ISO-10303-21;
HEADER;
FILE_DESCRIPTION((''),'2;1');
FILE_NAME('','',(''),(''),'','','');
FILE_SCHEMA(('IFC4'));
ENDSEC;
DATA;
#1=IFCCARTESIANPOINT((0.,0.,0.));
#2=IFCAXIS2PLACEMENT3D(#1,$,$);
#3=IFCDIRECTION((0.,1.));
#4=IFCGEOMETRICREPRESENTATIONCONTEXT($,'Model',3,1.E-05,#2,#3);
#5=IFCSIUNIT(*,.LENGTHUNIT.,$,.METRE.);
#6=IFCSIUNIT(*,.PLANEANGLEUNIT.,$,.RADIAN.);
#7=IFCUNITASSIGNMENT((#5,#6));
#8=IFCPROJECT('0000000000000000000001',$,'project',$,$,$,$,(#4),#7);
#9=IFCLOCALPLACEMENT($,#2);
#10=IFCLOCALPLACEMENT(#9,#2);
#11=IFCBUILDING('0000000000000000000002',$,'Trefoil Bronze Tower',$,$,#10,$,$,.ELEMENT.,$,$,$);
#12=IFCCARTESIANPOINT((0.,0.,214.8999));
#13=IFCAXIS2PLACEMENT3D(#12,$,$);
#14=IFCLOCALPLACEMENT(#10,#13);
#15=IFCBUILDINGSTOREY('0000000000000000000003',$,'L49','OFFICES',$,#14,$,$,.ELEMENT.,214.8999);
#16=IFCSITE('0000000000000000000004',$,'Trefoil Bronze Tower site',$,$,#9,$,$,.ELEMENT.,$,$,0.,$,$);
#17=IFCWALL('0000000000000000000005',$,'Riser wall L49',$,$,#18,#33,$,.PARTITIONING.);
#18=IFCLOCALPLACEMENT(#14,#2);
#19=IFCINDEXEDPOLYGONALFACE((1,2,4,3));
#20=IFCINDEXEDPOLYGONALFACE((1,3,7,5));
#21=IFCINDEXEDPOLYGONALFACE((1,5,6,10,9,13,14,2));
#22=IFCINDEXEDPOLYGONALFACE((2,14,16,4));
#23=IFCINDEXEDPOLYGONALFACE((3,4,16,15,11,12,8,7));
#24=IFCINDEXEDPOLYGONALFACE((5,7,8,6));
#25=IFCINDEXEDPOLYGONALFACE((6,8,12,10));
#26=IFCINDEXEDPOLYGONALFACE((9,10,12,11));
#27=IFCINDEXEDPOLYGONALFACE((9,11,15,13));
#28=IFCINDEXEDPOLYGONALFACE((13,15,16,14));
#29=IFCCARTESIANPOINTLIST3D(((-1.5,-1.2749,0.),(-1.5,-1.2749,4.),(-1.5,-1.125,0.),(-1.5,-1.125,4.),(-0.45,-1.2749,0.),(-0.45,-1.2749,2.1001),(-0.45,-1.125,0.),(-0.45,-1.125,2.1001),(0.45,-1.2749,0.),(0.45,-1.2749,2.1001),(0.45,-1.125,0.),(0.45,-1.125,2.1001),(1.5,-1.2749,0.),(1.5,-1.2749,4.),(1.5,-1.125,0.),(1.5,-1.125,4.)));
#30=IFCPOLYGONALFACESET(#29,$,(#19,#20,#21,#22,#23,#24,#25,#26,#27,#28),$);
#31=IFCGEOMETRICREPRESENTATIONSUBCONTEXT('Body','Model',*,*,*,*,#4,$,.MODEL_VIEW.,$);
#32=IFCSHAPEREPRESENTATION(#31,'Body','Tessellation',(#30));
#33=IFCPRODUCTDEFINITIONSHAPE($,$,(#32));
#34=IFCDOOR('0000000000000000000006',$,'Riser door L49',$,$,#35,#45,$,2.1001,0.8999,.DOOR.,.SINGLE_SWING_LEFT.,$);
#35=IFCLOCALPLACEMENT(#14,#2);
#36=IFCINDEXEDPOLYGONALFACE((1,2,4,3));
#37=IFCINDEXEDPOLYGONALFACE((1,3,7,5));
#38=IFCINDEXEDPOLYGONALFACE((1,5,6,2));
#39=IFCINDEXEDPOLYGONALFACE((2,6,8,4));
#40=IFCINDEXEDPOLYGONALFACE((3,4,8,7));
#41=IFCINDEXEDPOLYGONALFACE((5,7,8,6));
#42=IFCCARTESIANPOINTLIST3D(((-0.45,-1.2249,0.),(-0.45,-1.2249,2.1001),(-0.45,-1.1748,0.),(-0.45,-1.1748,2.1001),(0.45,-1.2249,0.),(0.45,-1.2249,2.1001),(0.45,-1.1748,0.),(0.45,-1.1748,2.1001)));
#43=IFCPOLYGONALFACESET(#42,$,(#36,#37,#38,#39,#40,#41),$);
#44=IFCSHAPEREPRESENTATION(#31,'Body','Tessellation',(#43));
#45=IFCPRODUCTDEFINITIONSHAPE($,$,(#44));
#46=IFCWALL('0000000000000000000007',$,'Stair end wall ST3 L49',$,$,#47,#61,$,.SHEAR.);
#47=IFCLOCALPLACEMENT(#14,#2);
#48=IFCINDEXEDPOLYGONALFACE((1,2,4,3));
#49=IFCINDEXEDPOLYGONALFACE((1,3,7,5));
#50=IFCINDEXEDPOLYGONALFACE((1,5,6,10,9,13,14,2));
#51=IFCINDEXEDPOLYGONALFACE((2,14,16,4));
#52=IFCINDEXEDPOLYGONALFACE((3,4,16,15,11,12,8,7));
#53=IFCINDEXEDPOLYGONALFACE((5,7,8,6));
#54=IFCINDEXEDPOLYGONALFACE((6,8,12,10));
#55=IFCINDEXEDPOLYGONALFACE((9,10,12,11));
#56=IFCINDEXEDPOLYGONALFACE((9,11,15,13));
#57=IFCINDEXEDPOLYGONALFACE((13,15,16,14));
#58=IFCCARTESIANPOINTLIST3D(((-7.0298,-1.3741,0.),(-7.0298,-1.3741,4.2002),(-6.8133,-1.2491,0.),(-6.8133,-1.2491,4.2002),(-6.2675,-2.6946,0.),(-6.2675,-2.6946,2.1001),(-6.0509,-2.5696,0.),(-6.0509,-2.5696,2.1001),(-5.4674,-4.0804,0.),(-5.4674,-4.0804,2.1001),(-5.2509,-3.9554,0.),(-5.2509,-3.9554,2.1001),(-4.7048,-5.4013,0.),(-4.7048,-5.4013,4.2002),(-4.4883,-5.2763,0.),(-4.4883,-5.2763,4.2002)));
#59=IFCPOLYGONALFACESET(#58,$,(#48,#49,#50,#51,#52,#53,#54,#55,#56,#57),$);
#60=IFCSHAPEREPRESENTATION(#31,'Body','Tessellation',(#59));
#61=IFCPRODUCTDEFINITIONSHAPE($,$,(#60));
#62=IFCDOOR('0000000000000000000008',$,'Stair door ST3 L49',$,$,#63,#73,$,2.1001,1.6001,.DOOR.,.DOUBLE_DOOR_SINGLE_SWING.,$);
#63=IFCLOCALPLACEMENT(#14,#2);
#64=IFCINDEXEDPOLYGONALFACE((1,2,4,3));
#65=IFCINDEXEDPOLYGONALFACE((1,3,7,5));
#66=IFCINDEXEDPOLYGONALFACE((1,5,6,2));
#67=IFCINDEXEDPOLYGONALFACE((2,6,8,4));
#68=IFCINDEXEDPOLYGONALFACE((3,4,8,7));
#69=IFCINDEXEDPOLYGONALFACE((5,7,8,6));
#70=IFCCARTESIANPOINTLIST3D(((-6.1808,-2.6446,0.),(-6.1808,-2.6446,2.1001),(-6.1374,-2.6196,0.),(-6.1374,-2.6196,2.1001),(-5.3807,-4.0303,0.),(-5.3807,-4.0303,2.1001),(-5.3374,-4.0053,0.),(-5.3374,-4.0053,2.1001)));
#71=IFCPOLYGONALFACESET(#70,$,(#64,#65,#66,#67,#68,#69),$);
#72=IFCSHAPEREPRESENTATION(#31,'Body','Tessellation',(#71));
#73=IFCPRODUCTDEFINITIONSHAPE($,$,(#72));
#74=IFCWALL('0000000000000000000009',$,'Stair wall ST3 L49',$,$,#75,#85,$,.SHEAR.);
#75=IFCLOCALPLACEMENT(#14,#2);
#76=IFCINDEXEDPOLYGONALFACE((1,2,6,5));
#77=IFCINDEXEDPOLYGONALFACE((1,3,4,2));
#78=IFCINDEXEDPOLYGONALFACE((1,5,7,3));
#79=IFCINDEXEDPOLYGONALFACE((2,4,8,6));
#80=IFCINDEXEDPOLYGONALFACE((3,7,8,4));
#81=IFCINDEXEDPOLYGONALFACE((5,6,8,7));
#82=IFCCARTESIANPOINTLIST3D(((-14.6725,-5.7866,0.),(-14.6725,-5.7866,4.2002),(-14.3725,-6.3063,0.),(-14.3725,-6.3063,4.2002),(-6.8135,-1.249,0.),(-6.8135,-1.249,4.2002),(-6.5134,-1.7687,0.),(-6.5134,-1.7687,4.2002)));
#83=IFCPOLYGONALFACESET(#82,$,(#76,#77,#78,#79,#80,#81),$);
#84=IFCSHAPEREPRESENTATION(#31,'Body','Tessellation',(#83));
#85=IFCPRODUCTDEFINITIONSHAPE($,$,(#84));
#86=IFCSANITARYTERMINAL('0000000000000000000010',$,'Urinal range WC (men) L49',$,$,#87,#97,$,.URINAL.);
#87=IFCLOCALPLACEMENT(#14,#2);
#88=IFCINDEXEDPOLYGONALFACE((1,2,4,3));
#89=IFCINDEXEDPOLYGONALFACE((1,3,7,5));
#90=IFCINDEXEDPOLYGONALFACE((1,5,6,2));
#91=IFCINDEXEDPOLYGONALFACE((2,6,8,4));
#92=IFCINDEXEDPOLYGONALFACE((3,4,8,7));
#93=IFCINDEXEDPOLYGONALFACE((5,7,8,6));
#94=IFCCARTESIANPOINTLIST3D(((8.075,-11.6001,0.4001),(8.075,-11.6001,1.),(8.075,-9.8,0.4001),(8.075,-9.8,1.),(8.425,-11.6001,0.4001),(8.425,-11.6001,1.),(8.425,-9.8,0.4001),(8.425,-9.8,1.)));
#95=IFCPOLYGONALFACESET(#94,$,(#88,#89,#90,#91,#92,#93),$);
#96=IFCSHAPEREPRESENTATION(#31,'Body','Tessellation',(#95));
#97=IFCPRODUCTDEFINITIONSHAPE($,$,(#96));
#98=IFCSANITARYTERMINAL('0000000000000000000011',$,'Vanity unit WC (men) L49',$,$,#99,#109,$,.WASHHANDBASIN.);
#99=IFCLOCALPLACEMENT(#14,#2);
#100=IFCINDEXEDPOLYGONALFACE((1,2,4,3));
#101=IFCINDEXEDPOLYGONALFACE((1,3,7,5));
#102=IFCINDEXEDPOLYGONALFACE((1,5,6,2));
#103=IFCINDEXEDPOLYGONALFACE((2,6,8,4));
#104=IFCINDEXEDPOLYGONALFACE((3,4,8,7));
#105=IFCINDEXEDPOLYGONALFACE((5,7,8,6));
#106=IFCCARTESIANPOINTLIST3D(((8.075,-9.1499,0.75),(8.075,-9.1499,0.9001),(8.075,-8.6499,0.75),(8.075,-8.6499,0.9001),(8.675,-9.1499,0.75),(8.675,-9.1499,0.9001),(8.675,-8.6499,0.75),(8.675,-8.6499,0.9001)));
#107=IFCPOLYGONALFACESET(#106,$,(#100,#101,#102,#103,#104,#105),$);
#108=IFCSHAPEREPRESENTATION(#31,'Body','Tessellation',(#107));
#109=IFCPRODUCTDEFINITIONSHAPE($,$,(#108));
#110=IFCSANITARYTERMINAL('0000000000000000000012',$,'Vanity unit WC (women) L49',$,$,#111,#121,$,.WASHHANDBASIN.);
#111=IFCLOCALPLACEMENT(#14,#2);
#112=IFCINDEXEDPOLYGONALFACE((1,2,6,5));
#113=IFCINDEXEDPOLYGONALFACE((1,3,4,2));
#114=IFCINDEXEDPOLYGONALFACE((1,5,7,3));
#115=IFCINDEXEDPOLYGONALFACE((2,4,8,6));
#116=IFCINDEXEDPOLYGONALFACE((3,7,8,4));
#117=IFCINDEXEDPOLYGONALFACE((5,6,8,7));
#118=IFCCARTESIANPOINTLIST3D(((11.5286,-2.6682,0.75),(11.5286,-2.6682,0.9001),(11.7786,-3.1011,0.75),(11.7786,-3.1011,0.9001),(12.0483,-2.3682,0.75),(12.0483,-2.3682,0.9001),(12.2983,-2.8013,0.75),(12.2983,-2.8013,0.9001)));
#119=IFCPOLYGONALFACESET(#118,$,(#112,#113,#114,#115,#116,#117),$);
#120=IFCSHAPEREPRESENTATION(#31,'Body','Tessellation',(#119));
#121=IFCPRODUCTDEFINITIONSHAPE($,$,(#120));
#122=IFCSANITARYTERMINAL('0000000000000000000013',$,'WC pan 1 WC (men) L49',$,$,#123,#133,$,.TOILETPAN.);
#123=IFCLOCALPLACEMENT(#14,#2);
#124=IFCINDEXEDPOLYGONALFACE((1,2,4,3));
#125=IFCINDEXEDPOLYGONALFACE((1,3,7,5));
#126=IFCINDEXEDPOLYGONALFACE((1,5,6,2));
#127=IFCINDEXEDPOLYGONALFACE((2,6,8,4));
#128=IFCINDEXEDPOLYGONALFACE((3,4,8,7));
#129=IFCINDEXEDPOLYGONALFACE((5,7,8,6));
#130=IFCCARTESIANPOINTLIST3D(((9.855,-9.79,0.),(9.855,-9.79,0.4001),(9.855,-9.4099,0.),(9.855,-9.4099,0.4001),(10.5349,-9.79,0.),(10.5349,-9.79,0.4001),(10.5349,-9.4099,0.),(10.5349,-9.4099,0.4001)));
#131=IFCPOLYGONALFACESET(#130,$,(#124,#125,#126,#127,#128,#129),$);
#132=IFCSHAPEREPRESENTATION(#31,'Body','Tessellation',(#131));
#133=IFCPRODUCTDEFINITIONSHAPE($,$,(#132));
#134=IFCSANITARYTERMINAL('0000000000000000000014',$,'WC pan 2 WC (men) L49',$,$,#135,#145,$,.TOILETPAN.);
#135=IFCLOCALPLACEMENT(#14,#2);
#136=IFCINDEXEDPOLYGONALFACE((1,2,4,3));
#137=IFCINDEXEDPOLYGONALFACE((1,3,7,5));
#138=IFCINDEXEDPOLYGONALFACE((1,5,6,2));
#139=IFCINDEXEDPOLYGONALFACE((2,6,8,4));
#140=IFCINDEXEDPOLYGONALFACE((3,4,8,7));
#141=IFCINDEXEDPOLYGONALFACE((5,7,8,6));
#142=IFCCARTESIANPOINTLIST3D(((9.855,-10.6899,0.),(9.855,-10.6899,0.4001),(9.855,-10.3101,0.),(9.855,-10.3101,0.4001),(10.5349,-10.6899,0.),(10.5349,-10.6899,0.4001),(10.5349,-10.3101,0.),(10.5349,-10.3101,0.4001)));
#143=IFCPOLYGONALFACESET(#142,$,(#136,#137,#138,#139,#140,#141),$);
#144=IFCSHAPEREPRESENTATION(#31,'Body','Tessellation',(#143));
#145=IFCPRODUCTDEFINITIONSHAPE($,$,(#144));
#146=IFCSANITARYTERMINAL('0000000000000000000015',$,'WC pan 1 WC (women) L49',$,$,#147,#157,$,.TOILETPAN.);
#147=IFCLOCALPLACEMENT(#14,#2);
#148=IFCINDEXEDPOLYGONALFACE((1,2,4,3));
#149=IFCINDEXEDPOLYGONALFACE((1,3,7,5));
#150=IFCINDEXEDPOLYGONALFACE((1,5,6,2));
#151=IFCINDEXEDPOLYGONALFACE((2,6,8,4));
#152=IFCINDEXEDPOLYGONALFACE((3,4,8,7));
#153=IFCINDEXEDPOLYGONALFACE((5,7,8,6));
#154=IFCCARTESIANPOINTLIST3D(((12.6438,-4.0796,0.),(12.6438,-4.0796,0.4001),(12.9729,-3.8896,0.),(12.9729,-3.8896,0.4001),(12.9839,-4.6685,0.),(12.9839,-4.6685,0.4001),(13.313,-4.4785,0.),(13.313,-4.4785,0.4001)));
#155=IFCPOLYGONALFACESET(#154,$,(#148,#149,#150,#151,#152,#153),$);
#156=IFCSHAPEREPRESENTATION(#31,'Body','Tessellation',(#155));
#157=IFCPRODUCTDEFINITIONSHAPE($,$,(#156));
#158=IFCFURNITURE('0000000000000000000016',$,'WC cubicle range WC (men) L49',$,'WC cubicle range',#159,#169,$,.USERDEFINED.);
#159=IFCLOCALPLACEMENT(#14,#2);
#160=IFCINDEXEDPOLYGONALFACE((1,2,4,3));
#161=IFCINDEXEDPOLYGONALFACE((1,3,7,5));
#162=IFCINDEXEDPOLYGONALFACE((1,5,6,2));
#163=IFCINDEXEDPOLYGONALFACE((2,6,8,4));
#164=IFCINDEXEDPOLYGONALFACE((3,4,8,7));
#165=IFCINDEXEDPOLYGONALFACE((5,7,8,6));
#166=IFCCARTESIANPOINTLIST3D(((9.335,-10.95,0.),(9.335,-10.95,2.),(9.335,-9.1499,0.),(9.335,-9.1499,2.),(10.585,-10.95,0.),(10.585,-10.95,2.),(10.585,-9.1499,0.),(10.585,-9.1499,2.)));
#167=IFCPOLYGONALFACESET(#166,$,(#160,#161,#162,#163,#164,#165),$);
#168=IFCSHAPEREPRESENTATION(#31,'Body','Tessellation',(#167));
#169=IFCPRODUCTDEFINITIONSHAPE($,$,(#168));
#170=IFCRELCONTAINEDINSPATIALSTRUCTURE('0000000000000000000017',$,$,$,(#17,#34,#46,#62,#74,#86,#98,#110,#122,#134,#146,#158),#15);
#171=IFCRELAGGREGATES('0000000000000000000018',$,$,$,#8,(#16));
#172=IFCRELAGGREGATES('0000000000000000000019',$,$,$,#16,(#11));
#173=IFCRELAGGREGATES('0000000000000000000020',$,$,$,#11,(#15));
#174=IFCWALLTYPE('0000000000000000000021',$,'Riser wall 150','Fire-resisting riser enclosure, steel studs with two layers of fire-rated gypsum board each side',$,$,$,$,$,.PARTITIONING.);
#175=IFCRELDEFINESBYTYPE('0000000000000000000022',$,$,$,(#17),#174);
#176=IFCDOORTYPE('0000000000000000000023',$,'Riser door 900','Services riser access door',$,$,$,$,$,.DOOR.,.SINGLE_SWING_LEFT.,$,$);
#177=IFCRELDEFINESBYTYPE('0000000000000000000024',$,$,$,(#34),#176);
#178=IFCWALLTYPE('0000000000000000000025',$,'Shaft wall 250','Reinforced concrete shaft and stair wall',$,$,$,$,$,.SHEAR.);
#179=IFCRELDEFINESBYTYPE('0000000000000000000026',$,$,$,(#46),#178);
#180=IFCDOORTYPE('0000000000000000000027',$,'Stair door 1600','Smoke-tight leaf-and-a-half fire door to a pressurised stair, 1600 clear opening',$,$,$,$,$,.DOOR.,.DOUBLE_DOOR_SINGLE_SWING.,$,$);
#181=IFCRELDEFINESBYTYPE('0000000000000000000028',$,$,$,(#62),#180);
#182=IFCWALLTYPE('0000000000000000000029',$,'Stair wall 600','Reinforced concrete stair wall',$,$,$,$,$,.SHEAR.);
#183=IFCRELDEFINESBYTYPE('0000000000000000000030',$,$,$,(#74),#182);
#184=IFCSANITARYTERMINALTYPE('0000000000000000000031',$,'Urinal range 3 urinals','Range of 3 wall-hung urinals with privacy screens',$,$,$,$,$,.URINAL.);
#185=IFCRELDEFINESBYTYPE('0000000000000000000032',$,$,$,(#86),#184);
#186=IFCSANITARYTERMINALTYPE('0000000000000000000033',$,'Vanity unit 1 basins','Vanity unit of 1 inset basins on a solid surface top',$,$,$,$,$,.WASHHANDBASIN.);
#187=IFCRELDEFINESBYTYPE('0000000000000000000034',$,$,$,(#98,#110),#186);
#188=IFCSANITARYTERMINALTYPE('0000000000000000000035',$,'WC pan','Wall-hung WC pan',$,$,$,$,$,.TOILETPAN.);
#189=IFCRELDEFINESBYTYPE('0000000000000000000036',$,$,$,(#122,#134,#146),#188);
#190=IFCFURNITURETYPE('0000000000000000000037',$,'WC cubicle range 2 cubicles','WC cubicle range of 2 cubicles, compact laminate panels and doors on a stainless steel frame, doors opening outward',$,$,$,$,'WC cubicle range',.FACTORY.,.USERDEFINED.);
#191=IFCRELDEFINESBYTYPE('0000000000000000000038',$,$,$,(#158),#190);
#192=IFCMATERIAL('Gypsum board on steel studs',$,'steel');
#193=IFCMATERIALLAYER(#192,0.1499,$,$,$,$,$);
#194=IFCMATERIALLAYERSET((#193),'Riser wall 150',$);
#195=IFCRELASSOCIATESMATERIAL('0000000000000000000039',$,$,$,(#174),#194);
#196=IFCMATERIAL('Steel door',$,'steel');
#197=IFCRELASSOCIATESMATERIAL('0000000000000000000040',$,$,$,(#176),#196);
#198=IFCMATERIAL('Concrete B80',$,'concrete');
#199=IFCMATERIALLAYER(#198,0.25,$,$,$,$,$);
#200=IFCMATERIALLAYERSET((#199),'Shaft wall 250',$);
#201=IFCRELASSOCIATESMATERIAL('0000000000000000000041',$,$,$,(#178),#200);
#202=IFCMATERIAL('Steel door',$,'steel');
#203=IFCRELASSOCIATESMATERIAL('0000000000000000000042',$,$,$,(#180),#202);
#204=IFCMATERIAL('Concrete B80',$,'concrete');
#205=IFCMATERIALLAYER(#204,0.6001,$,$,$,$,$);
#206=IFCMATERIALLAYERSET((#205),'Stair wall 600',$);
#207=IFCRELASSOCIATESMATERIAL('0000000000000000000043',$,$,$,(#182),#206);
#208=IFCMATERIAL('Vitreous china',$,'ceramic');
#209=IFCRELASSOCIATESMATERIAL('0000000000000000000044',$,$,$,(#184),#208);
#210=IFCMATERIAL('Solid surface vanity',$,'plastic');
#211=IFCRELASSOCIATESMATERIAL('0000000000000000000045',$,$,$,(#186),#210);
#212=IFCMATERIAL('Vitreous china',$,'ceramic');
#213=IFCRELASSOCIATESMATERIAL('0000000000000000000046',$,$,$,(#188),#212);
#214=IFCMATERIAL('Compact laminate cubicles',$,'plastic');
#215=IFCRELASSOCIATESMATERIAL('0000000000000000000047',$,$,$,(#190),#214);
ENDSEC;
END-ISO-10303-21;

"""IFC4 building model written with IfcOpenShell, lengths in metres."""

from ifc_helpers import new_model, si_unit, direction, frame, frame_2d, origin, place, context, subcontext, project, spatial, polyline, rectangle, outline, extrude, material, layer, layer_set, type_object, element, fill, save


model = new_model("IFC4")

# Units and contexts
model_context = context("Model", 3, precision=1e-05, world=origin(), true_north=direction((0.0, 1.0)))
body_context = subcontext(model_context, "Body", "Model", "MODEL_VIEW")
ifc_project = project(units=[si_unit("LENGTHUNIT", "METRE"), si_unit("PLANEANGLEUNIT", "RADIAN")], contexts=[model_context])

# Site, building, storey
site_placement = place(None, origin())
site = spatial("IfcSite", under=ifc_project, at=site_placement, Name="Trefoil Bronze Tower site", CompositionType="ELEMENT", RefElevation=0.0)
building_placement = place(site_placement, origin())
building = spatial("IfcBuilding", under=site, at=building_placement, Name="Trefoil Bronze Tower", CompositionType="ELEMENT")
storey_placement = place(building_placement, frame((0.0, 0.0, 214.8999)))
storey = spatial("IfcBuildingStorey", under=building, at=storey_placement, Name="L49", Description="OFFICES", CompositionType="ELEMENT", Elevation=214.8999)

# Walls, openings, doors
ifc_material_1 = material(Name="Gypsum board on steel studs", Category="steel")
ifc_layer_1 = layer(ifc_material_1, 0.1499)
ifc_layer_set_1 = layer_set([ifc_layer_1], Name="Riser wall 150")
wall_type_1 = type_object("IfcWallType", Name="Riser wall 150", Description="Fire-resisting riser enclosure, steel studs with two layers of fire-rated gypsum board each side", PredefinedType="PARTITIONING", material=ifc_layer_set_1)
wall_1_placement = place(storey_placement, frame((-1.5, -1.2, 0.0), z_axis=(0.0, 0.0, 1.0), x_axis=(1.0, 0.0, 0.0)))
wall_1 = element("IfcWall", 1, at=wall_1_placement, inside=storey, type_object=wall_type_1, Name="Riser wall L49", PredefinedType="PARTITIONING", context=body_context, shape_type="SweptSolid", body=[
    extrude(rectangle(XDim=3.0, YDim=0.1499, at=frame_2d((1.5, 0.0))), origin(), (0.0, 0.0, 1.0), 4.0),
])
opening_1_placement = place(wall_1_placement, frame((1.05, 0.0, 0.0)))
opening_1 = element("IfcOpeningElement", 2, at=opening_1_placement, cuts=wall_1, PredefinedType="OPENING", context=body_context, shape_type="SweptSolid", body=[
    extrude(rectangle(XDim=0.8999, YDim=2.1001, at=frame_2d((0.45, 1.05))), frame((0.0, 0.085, 0.0), z_axis=(0.0, -1.0, 0.0), x_axis=(1.0, 0.0, 0.0)), (0.0, 0.0, 1.0), 0.1699),
])
ifc_material_2 = material(Name="Steel door", Category="steel")
door_type_1 = type_object("IfcDoorType", Name="Riser door 900", Description="Services riser access door", OperationType="SINGLE_SWING_LEFT", PredefinedType="DOOR", material=ifc_material_2)
door_1_placement = place(opening_1_placement, frame((0.8999, 0.0, 0.0), z_axis=(0.0, 0.0, 1.0), x_axis=(-1.0, 0.0, 0.0)))
door_1 = element("IfcDoor", 3, at=door_1_placement, inside=storey, type_object=door_type_1, Name="Riser door L49", OperationType="SINGLE_SWING_LEFT", OverallHeight=2.1001, OverallWidth=0.8999, PredefinedType="DOOR", context=body_context, shape_type="SweptSolid", body=[
    extrude(rectangle(XDim=0.8999, YDim=2.1001, at=frame_2d((0.45, 1.05))), frame((0.0, 0.0249, 0.0), z_axis=(0.0, -1.0, 0.0), x_axis=(1.0, 0.0, 0.0)), (0.0, 0.0, 1.0), 0.05),
])
fill(opening_1, door_1)
ifc_material_3 = material(Name="Concrete B80", Category="concrete")
ifc_layer_2 = layer(ifc_material_3, 0.25)
ifc_layer_set_2 = layer_set([ifc_layer_2], Name="Shaft wall 250")
wall_type_2 = type_object("IfcWallType", Name="Shaft wall 250", Description="Reinforced concrete shaft and stair wall", PredefinedType="SHEAR", material=ifc_layer_set_2)
wall_2_placement = place(storey_placement, frame((-6.9216, -1.3115, 0.0), z_axis=(0.0, 0.0, 1.0), x_axis=(0.499985, -0.866034, 0.0)))
wall_2 = element("IfcWall", 4, at=wall_2_placement, inside=storey, type_object=wall_type_2, Name="Stair end wall ST3 L49", PredefinedType="SHEAR", context=body_context, shape_type="SweptSolid", body=[
    extrude(rectangle(XDim=4.6501, YDim=0.25, at=frame_2d((2.3252, 0.0))), origin(), (0.0, 0.0, 1.0), 4.2002),
])
opening_2_placement = place(wall_2_placement, frame((1.5249, 0.0, 0.0)))
opening_2 = element("IfcOpeningElement", 5, at=opening_2_placement, cuts=wall_2, PredefinedType="OPENING", context=body_context, shape_type="SweptSolid", body=[
    extrude(rectangle(XDim=1.6001, YDim=2.1001, at=frame_2d((0.8, 1.05))), frame((0.0, 0.135, 0.0), z_axis=(0.0, -1.0, 0.0), x_axis=(1.0, 0.0, 0.0)), (0.0, 0.0, 1.0), 0.27),
])
ifc_material_4 = material(Name="Steel door", Category="steel")
door_type_2 = type_object("IfcDoorType", Name="Stair door 1600", Description="Smoke-tight leaf-and-a-half fire door to a pressurised stair, 1600 clear opening", OperationType="DOUBLE_DOOR_SINGLE_SWING", PredefinedType="DOOR", material=ifc_material_4)
door_2_placement = place(opening_2_placement, frame((1.6001, 0.0, 0.0), z_axis=(0.0, 0.0, 1.0), x_axis=(-1.0, 0.0, 0.0)))
door_2 = element("IfcDoor", 6, at=door_2_placement, inside=storey, type_object=door_type_2, Name="Stair door ST3 L49", OperationType="DOUBLE_DOOR_SINGLE_SWING", OverallHeight=2.1001, OverallWidth=1.6001, PredefinedType="DOOR", context=body_context, shape_type="SweptSolid", body=[
    extrude(rectangle(XDim=1.6001, YDim=2.1001, at=frame_2d((0.8, 1.05))), frame((0.0, 0.0249, 0.0), z_axis=(0.0, -1.0, 0.0), x_axis=(1.0, 0.0, 0.0)), (0.0, 0.0, 1.0), 0.05),
])
fill(opening_2, door_2)

# Wall
ifc_material_5 = material(Name="Concrete B80", Category="concrete")
ifc_layer_3 = layer(ifc_material_5, 0.6001)
ifc_layer_set_3 = layer_set([ifc_layer_3], Name="Stair wall 600")
wall_type_3 = type_object("IfcWallType", Name="Stair wall 600", Description="Reinforced concrete stair wall", PredefinedType="SHEAR", material=ifc_layer_set_3)
wall_3_placement = place(storey_placement, frame((-6.6633, -1.5088, 0.0), z_axis=(0.0, 0.0, 1.0), x_axis=(-0.866019, -0.50001, 0.0)))
element("IfcWall", 7, at=wall_3_placement, inside=storey, type_object=wall_type_3, Name="Stair wall ST3 L49", PredefinedType="SHEAR", context=body_context, shape_type="SweptSolid", body=[
    extrude(rectangle(XDim=9.075, YDim=0.6001, at=frame_2d((4.5376, 0.0))), origin(), (0.0, 0.0, 1.0), 4.2002),
])

# Sanitary terminals
ifc_material_6 = material(Name="Vitreous china", Category="ceramic")
sanitary_terminal_type_1 = type_object("IfcSanitaryTerminalType", Name="Urinal range 3 urinals", Description="Range of 3 wall-hung urinals with privacy screens", PredefinedType="URINAL", material=ifc_material_6)
sanitary_terminal_1_placement = place(storey_placement, frame((0.0, 0.0, 0.4001)))
element("IfcSanitaryTerminal", 8, at=sanitary_terminal_1_placement, inside=storey, type_object=sanitary_terminal_type_1, Name="Urinal range WC (men) L49", PredefinedType="URINAL", context=body_context, shape_type="SweptSolid", body=[
    extrude(outline(polyline([(8.075, -9.8), (8.425, -9.8), (8.425, -11.6001), (8.075, -11.6001), (8.075, -9.8)])), origin(), (0.0, 0.0, 1.0), 0.5999),
])
ifc_material_7 = material(Name="Solid surface vanity", Category="plastic")
sanitary_terminal_type_2 = type_object("IfcSanitaryTerminalType", Name="Vanity unit 1 basins", Description="Vanity unit of 1 inset basins on a solid surface top", PredefinedType="WASHHANDBASIN", material=ifc_material_7)
sanitary_terminal_2_placement = place(storey_placement, frame((0.0, 0.0, 0.75)))
element("IfcSanitaryTerminal", 9, at=sanitary_terminal_2_placement, inside=storey, type_object=sanitary_terminal_type_2, Name="Vanity unit WC (men) L49", PredefinedType="WASHHANDBASIN", context=body_context, shape_type="SweptSolid", body=[
    extrude(outline(polyline([(8.075, -8.6499), (8.675, -8.6499), (8.675, -9.1499), (8.075, -9.1499), (8.075, -8.6499)])), origin(), (0.0, 0.0, 1.0), 0.1501),
])
sanitary_terminal_3_placement = place(storey_placement, frame((0.0, 0.0, 0.75)))
element("IfcSanitaryTerminal", 10, at=sanitary_terminal_3_placement, inside=storey, type_object=sanitary_terminal_type_2, Name="Vanity unit WC (women) L49", PredefinedType="WASHHANDBASIN", context=body_context, shape_type="SweptSolid", body=[
    extrude(outline(polyline([(11.5286, -2.6682), (11.7786, -3.1011), (12.2983, -2.8013), (12.0483, -2.3682), (11.5286, -2.6682)])), origin(), (0.0, 0.0, 1.0), 0.1501),
])
ifc_material_8 = material(Name="Vitreous china", Category="ceramic")
sanitary_terminal_type_3 = type_object("IfcSanitaryTerminalType", Name="WC pan", Description="Wall-hung WC pan", PredefinedType="TOILETPAN", material=ifc_material_8)
sanitary_terminal_4_placement = place(storey_placement, origin())
element("IfcSanitaryTerminal", 11, at=sanitary_terminal_4_placement, inside=storey, type_object=sanitary_terminal_type_3, Name="WC pan 1 WC (men) L49", PredefinedType="TOILETPAN", context=body_context, shape_type="SweptSolid", body=[
    extrude(outline(polyline([(9.855, -9.4099), (10.5349, -9.4099), (10.5349, -9.79), (9.855, -9.79), (9.855, -9.4099)])), origin(), (0.0, 0.0, 1.0), 0.4001),
])
sanitary_terminal_5_placement = place(storey_placement, origin())
element("IfcSanitaryTerminal", 12, at=sanitary_terminal_5_placement, inside=storey, type_object=sanitary_terminal_type_3, Name="WC pan 2 WC (men) L49", PredefinedType="TOILETPAN", context=body_context, shape_type="SweptSolid", body=[
    extrude(outline(polyline([(9.855, -10.3101), (10.5349, -10.3101), (10.5349, -10.6899), (9.855, -10.6899), (9.855, -10.3101)])), origin(), (0.0, 0.0, 1.0), 0.4001),
])
sanitary_terminal_6_placement = place(storey_placement, origin())
element("IfcSanitaryTerminal", 13, at=sanitary_terminal_6_placement, inside=storey, type_object=sanitary_terminal_type_3, Name="WC pan 1 WC (women) L49", PredefinedType="TOILETPAN", context=body_context, shape_type="SweptSolid", body=[
    extrude(outline(polyline([(12.6438, -4.0796), (12.9839, -4.6685), (13.313, -4.4785), (12.9729, -3.8896), (12.6438, -4.0796)])), origin(), (0.0, 0.0, 1.0), 0.4001),
])

# Furniture
ifc_material_9 = material(Name="Compact laminate cubicles", Category="plastic")
furniture_type_1 = type_object("IfcFurnitureType", Name="WC cubicle range 2 cubicles", Description="WC cubicle range of 2 cubicles, compact laminate panels and doors on a stainless steel frame, doors opening outward", ElementType="WC cubicle range", AssemblyPlace="FACTORY", PredefinedType="USERDEFINED", material=ifc_material_9)
furniture_1_placement = place(storey_placement, origin())
element("IfcFurniture", 14, at=furniture_1_placement, inside=storey, type_object=furniture_type_1, Name="WC cubicle range WC (men) L49", ObjectType="WC cubicle range", PredefinedType="USERDEFINED", context=body_context, shape_type="SweptSolid", body=[
    extrude(outline(polyline([(9.335, -9.1499), (10.585, -9.1499), (10.585, -10.95), (9.335, -10.95), (9.335, -9.1499)])), origin(), (0.0, 0.0, 1.0), 2.0),
])

save(model, "model.ifc")
